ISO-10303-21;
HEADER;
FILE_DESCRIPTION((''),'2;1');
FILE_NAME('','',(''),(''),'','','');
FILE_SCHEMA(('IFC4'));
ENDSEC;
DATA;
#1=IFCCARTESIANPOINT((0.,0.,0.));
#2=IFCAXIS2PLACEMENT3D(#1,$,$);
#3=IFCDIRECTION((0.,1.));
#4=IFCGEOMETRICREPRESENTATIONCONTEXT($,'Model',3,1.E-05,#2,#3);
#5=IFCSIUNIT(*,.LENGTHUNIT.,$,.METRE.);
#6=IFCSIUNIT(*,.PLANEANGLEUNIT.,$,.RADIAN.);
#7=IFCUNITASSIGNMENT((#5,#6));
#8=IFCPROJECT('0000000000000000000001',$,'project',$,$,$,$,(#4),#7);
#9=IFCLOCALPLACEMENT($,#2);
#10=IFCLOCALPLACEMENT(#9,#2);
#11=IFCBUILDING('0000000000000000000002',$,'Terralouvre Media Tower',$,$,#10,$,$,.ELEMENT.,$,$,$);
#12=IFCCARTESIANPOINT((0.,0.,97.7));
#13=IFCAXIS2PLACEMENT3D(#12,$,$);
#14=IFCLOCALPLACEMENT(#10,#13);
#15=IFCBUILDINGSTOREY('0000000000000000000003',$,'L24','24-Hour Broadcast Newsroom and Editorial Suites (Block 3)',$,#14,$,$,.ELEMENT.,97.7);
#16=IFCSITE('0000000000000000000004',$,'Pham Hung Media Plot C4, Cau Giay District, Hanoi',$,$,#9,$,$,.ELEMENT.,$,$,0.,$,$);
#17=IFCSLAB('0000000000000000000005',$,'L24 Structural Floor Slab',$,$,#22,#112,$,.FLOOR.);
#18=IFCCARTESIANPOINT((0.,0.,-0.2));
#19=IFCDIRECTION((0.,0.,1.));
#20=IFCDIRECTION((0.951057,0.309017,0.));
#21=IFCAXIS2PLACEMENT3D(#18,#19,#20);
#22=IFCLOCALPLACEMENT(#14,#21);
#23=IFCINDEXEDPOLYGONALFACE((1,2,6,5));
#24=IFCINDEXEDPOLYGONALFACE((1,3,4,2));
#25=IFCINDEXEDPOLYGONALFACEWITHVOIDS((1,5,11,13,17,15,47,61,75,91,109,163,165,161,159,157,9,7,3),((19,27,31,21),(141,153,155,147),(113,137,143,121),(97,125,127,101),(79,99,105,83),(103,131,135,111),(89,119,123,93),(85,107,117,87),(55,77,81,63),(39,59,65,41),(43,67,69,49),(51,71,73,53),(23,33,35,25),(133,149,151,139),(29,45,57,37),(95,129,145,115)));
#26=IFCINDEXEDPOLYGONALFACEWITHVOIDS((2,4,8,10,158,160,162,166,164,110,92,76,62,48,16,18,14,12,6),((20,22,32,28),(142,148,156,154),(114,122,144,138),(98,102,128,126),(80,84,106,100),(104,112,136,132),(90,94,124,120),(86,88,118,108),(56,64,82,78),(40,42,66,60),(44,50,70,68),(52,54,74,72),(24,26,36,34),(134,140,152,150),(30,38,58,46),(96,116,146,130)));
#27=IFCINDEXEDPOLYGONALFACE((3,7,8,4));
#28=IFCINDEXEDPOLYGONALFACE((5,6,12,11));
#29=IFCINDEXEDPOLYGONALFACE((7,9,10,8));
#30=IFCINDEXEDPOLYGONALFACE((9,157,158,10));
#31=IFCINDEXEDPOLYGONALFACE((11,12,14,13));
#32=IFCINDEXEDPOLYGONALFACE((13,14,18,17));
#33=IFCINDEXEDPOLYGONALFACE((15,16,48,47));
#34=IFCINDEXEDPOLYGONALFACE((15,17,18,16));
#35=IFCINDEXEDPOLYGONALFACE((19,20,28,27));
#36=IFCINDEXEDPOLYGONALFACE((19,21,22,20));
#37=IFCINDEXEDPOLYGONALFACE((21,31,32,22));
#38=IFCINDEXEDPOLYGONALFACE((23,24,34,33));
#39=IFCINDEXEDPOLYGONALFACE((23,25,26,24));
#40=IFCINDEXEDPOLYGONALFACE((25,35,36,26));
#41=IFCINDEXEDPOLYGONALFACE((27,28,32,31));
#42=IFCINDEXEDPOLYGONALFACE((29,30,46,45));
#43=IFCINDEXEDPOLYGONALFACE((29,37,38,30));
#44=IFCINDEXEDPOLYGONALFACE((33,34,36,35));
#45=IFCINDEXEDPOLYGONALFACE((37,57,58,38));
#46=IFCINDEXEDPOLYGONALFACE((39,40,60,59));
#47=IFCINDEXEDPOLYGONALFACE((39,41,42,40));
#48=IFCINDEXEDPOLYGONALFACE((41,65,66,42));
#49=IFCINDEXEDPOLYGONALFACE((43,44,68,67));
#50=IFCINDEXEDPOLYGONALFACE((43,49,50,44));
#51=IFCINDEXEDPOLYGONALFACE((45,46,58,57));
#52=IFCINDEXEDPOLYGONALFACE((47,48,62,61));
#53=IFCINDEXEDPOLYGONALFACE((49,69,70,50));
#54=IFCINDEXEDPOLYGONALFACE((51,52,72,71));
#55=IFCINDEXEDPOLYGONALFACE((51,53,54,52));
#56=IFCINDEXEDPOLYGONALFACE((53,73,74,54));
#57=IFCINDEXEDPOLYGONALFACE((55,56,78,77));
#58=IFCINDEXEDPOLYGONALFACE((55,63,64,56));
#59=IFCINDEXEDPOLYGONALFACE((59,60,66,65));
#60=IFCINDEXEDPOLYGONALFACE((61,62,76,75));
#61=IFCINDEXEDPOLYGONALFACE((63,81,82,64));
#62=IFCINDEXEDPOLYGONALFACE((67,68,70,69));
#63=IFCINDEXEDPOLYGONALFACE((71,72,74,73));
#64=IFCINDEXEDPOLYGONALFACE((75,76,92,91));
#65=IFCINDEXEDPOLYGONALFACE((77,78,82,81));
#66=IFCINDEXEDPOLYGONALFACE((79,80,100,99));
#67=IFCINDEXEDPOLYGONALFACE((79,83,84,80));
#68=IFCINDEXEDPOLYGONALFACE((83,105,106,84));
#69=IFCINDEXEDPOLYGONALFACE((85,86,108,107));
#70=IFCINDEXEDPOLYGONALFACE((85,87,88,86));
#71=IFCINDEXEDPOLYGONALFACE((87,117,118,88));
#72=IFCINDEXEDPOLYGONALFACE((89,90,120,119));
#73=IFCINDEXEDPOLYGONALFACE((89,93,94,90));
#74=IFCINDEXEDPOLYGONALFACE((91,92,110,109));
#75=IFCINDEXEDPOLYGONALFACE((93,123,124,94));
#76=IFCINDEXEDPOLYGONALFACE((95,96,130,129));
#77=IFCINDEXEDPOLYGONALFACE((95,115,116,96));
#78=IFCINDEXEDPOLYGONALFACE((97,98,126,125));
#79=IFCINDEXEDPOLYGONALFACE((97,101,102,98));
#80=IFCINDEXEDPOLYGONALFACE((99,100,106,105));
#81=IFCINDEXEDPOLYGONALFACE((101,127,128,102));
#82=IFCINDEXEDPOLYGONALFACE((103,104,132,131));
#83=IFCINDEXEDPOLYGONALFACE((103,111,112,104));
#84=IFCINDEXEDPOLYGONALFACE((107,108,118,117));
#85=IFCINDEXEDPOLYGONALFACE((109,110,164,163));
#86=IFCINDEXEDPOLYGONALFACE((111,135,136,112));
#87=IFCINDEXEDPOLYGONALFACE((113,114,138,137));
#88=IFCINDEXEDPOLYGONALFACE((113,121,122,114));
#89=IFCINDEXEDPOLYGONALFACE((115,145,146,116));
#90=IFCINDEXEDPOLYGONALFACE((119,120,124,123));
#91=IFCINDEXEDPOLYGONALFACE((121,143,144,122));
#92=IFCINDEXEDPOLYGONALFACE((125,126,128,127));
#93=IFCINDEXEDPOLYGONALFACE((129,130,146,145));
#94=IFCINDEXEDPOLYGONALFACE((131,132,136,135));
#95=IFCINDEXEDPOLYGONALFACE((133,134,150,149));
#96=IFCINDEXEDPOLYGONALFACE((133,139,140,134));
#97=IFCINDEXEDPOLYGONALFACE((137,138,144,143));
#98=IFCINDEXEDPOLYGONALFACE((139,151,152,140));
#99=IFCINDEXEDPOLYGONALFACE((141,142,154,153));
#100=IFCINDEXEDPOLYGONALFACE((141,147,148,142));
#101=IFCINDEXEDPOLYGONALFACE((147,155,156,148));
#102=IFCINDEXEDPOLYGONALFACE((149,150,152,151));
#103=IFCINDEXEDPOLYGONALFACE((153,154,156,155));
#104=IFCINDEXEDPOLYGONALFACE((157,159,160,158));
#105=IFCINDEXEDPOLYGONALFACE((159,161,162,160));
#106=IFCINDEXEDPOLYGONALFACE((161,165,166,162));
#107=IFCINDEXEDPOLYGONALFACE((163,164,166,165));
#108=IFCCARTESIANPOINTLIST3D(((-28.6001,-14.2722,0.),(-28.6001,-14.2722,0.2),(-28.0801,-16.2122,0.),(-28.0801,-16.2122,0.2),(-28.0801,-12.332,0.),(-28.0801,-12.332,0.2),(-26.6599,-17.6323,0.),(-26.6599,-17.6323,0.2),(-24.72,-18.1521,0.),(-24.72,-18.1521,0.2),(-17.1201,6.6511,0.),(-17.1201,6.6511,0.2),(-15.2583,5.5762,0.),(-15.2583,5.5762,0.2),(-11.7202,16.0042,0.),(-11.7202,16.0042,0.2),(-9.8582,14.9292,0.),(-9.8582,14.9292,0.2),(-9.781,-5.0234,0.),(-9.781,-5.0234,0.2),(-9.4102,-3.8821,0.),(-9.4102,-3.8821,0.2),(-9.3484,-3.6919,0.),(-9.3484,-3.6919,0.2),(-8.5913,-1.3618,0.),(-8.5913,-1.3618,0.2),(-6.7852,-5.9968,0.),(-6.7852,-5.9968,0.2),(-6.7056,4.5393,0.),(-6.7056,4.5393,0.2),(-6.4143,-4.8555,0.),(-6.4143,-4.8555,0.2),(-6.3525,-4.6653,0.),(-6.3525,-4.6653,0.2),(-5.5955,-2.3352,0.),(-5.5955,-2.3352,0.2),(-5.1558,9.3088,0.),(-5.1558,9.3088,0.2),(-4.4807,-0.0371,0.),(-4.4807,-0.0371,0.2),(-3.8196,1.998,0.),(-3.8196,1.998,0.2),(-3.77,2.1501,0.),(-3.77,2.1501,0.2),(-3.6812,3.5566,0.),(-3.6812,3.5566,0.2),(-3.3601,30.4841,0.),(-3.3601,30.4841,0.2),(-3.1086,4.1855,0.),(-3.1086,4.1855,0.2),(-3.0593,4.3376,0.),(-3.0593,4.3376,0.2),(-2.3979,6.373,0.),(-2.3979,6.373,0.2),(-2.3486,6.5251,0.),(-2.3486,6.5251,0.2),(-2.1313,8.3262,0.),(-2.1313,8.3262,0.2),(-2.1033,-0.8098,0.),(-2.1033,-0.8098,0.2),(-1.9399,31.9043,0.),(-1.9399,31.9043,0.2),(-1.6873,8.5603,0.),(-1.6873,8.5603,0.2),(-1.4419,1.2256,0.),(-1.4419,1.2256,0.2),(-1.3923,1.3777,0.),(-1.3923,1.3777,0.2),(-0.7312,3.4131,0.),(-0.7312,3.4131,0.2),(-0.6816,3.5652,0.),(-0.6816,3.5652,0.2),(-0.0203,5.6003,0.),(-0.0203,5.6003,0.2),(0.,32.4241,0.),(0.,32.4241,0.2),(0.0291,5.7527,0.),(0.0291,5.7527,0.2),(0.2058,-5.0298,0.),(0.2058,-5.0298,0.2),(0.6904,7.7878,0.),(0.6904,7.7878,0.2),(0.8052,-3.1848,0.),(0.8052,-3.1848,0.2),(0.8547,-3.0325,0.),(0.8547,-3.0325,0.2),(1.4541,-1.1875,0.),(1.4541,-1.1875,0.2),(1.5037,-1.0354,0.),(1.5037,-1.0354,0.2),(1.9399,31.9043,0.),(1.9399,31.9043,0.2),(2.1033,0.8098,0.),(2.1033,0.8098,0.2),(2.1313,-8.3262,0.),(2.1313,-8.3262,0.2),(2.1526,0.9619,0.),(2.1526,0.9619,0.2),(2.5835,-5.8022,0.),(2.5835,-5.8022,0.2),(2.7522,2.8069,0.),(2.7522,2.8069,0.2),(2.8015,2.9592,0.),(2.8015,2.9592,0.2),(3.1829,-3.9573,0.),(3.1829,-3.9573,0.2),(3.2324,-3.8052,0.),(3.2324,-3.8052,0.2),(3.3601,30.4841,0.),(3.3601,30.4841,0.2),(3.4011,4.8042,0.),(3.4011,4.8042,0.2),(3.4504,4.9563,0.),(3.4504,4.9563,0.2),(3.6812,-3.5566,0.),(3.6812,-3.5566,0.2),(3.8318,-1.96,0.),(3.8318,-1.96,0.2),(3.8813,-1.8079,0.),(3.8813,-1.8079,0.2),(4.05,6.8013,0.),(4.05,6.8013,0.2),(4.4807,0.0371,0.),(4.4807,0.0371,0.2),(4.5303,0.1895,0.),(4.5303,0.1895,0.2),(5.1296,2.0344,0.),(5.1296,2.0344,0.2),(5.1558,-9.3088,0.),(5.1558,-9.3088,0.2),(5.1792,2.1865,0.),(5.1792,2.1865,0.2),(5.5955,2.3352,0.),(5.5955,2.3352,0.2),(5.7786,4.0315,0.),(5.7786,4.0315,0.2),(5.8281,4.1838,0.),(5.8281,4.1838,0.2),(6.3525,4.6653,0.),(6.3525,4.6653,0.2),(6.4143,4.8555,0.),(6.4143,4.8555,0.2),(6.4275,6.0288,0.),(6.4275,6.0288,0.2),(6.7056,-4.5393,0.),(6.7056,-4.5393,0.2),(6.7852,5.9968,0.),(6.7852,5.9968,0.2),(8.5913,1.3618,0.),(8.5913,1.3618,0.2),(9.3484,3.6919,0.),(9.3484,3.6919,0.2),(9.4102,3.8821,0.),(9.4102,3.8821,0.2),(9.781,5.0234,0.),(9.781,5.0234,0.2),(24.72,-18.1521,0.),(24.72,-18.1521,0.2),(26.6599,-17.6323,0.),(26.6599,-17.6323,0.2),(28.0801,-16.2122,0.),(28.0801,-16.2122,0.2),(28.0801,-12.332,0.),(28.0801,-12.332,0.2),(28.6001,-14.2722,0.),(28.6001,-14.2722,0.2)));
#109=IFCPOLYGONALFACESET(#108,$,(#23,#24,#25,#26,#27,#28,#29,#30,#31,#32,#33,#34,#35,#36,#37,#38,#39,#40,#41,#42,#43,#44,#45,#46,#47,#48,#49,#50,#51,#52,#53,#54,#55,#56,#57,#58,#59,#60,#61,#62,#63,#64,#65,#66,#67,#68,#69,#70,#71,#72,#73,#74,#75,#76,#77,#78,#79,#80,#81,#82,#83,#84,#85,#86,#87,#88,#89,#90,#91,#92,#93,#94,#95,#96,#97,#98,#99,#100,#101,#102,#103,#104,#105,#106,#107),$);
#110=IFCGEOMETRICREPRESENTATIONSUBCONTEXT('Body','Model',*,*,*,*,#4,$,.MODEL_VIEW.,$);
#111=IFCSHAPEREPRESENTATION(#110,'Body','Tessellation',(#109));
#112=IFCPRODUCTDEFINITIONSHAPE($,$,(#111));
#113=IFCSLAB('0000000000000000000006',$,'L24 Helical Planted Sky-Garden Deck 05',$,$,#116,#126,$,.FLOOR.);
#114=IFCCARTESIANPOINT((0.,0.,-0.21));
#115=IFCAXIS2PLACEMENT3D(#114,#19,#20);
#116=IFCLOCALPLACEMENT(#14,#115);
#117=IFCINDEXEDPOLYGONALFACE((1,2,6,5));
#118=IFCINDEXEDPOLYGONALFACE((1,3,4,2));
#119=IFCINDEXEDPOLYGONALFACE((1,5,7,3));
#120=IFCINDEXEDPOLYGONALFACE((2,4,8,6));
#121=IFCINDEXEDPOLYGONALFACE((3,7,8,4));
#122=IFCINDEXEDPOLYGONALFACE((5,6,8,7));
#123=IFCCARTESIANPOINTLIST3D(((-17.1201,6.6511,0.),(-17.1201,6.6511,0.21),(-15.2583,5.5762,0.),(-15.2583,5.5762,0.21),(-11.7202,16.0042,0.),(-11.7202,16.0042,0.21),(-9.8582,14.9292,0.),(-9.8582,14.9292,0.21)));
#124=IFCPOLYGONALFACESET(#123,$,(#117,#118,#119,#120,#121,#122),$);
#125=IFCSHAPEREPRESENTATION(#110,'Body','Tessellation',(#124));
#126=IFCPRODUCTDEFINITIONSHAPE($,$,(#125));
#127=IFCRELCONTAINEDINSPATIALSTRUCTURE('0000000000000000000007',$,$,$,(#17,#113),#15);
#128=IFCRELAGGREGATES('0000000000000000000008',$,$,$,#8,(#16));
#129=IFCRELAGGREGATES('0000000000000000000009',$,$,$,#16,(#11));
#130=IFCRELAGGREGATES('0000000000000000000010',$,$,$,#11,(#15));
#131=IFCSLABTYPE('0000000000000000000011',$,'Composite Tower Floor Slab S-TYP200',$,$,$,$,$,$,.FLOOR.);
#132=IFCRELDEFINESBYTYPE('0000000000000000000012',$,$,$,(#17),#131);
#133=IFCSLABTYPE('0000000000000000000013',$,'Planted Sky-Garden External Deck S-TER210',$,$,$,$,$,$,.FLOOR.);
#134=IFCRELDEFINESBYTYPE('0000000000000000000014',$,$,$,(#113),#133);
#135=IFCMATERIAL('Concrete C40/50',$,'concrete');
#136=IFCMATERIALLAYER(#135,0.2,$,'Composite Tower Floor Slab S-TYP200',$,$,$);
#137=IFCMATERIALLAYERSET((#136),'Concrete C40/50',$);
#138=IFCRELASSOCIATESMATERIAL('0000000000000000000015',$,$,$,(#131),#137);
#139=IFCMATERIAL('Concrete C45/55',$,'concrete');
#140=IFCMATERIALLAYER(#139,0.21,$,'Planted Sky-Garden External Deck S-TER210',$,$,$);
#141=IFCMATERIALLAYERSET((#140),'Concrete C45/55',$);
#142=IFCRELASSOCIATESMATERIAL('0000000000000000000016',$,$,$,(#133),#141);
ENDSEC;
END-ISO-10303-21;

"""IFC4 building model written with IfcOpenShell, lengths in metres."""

from ifc_helpers import new_model, si_unit, direction, frame, origin, place, context, subcontext, project, spatial, polyline, outline, extrude, material, layer, layer_set, type_object, element, save


model = new_model("IFC4")

# Units and contexts
model_context = context("Model", 3, precision=1e-05, world=origin(), true_north=direction((0.0, 1.0)))
body_context = subcontext(model_context, "Body", "Model", "MODEL_VIEW")
ifc_project = project(units=[si_unit("LENGTHUNIT", "METRE"), si_unit("PLANEANGLEUNIT", "RADIAN")], contexts=[model_context])

# Site, building, storey
site_placement = place(None, origin())
site = spatial("IfcSite", under=ifc_project, at=site_placement, Name="Pham Hung Media Plot C4, Cau Giay District, Hanoi", CompositionType="ELEMENT", RefElevation=0.0)
building_placement = place(site_placement, origin())
building = spatial("IfcBuilding", under=site, at=building_placement, Name="Terralouvre Media Tower", CompositionType="ELEMENT")
storey_placement = place(building_placement, frame((0.0, 0.0, 97.7)))
storey = spatial("IfcBuildingStorey", under=building, at=storey_placement, Name="L24", Description="24-Hour Broadcast Newsroom and Editorial Suites (Block 3)", CompositionType="ELEMENT", Elevation=97.7)

# Slabs
ifc_material_1 = material(Name="Concrete C40/50", Category="concrete")
ifc_layer_1 = layer(ifc_material_1, 0.2, Name="Composite Tower Floor Slab S-TYP200")
ifc_layer_set_1 = layer_set([ifc_layer_1], Name="Concrete C40/50")
slab_type_1 = type_object("IfcSlabType", Name="Composite Tower Floor Slab S-TYP200", PredefinedType="FLOOR", material=ifc_layer_set_1)
slab_1_placement = place(storey_placement, frame((0.0, 0.0, -0.2), z_axis=(0.0, 0.0, 1.0), x_axis=(0.951057, 0.309017, 0.0)))
element("IfcSlab", 1, at=slab_1_placement, inside=storey, type_object=slab_type_1, Name="L24 Structural Floor Slab", PredefinedType="FLOOR", context=body_context, shape_type="SweptSolid", body=[
    extrude(outline(polyline([(-3.3601, 30.4841), (-11.7202, 16.0042), (-9.8582, 14.9292), (-15.2583, 5.5762), (-17.1201, 6.6511), (-28.0801, -12.332), (-28.6001, -14.2722), (-28.0801, -16.2122), (-26.6599, -17.6323), (-24.72, -18.1521), (24.72, -18.1521), (26.6599, -17.6323), (28.0801, -16.2122), (28.6001, -14.2722), (28.0801, -12.332), (3.3601, 30.4841), (1.9399, 31.9043), (0.0, 32.4241), (-1.9399, 31.9043), (-3.3601, 30.4841)]), holes=[polyline([(-6.7852, -5.9968), (-9.781, -5.0234), (-9.4102, -3.8821), (-6.4143, -4.8555), (-6.7852, -5.9968)]), polyline([(-6.3525, -4.6653), (-9.3484, -3.6919), (-8.5913, -1.3618), (-5.5955, -2.3352), (-6.3525, -4.6653)]), polyline([(-2.1033, -0.8098), (-4.4807, -0.0371), (-3.8196, 1.998), (-1.4419, 1.2256), (-2.1033, -0.8098)]), polyline([(-1.3923, 1.3777), (-3.77, 2.1501), (-3.1086, 4.1855), (-0.7312, 3.4131), (-1.3923, 1.3777)]), polyline([(4.5303, 0.1895), (2.1526, 0.9619), (2.7522, 2.8069), (5.1296, 2.0344), (4.5303, 0.1895)]), polyline([(-0.6816, 3.5652), (-3.0593, 4.3376), (-2.3979, 6.373), (-0.0203, 5.6003), (-0.6816, 3.5652)]), polyline([(-3.6812, 3.5566), (-6.7056, 4.5393), (-5.1558, 9.3088), (-2.1313, 8.3262), (-3.6812, 3.5566)]), polyline([(0.0291, 5.7527), (-2.3486, 6.5251), (-1.6873, 8.5603), (0.6904, 7.7878), (0.0291, 5.7527)]), polyline([(3.6812, -3.5566), (6.7056, -4.5393), (5.1558, -9.3088), (2.1313, -8.3262), (3.6812, -3.5566)]), polyline([(2.5835, -5.8022), (0.2058, -5.0298), (0.8052, -3.1848), (3.1829, -3.9573), (2.5835, -5.8022)]), polyline([(3.2324, -3.8052), (0.8547, -3.0325), (1.4541, -1.1875), (3.8318, -1.96), (3.2324, -3.8052)]), polyline([(3.8813, -1.8079), (1.5037, -1.0354), (2.1033, 0.8098), (4.4807, 0.0371), (3.8813, -1.8079)]), polyline([(5.1792, 2.1865), (2.8015, 2.9592), (3.4011, 4.8042), (5.7786, 4.0315), (5.1792, 2.1865)]), polyline([(8.5913, 1.3618), (5.5955, 2.3352), (6.3525, 4.6653), (9.3484, 3.6919), (8.5913, 1.3618)]), polyline([(5.8281, 4.1838), (3.4504, 4.9563), (4.05, 6.8013), (6.4275, 6.0288), (5.8281, 4.1838)]), polyline([(9.4102, 3.8821), (6.4143, 4.8555), (6.7852, 5.9968), (9.781, 5.0234), (9.4102, 3.8821)])]), origin(), (0.0, 0.0, 1.0), 0.2),
])
ifc_material_2 = material(Name="Concrete C45/55", Category="concrete")
ifc_layer_2 = layer(ifc_material_2, 0.21, Name="Planted Sky-Garden External Deck S-TER210")
ifc_layer_set_2 = layer_set([ifc_layer_2], Name="Concrete C45/55")
slab_type_2 = type_object("IfcSlabType", Name="Planted Sky-Garden External Deck S-TER210", PredefinedType="FLOOR", material=ifc_layer_set_2)
slab_2_placement = place(storey_placement, frame((0.0, 0.0, -0.21), z_axis=(0.0, 0.0, 1.0), x_axis=(0.951057, 0.309017, 0.0)))
element("IfcSlab", 2, at=slab_2_placement, inside=storey, type_object=slab_type_2, Name="L24 Helical Planted Sky-Garden Deck 05", PredefinedType="FLOOR", context=body_context, shape_type="SweptSolid", body=[
    extrude(outline(polyline([(-11.7202, 16.0042), (-17.1201, 6.6511), (-15.2583, 5.5762), (-9.8582, 14.9292), (-11.7202, 16.0042)])), origin(), (0.0, 0.0, 1.0), 0.21),
])

save(model, "model.ifc")
